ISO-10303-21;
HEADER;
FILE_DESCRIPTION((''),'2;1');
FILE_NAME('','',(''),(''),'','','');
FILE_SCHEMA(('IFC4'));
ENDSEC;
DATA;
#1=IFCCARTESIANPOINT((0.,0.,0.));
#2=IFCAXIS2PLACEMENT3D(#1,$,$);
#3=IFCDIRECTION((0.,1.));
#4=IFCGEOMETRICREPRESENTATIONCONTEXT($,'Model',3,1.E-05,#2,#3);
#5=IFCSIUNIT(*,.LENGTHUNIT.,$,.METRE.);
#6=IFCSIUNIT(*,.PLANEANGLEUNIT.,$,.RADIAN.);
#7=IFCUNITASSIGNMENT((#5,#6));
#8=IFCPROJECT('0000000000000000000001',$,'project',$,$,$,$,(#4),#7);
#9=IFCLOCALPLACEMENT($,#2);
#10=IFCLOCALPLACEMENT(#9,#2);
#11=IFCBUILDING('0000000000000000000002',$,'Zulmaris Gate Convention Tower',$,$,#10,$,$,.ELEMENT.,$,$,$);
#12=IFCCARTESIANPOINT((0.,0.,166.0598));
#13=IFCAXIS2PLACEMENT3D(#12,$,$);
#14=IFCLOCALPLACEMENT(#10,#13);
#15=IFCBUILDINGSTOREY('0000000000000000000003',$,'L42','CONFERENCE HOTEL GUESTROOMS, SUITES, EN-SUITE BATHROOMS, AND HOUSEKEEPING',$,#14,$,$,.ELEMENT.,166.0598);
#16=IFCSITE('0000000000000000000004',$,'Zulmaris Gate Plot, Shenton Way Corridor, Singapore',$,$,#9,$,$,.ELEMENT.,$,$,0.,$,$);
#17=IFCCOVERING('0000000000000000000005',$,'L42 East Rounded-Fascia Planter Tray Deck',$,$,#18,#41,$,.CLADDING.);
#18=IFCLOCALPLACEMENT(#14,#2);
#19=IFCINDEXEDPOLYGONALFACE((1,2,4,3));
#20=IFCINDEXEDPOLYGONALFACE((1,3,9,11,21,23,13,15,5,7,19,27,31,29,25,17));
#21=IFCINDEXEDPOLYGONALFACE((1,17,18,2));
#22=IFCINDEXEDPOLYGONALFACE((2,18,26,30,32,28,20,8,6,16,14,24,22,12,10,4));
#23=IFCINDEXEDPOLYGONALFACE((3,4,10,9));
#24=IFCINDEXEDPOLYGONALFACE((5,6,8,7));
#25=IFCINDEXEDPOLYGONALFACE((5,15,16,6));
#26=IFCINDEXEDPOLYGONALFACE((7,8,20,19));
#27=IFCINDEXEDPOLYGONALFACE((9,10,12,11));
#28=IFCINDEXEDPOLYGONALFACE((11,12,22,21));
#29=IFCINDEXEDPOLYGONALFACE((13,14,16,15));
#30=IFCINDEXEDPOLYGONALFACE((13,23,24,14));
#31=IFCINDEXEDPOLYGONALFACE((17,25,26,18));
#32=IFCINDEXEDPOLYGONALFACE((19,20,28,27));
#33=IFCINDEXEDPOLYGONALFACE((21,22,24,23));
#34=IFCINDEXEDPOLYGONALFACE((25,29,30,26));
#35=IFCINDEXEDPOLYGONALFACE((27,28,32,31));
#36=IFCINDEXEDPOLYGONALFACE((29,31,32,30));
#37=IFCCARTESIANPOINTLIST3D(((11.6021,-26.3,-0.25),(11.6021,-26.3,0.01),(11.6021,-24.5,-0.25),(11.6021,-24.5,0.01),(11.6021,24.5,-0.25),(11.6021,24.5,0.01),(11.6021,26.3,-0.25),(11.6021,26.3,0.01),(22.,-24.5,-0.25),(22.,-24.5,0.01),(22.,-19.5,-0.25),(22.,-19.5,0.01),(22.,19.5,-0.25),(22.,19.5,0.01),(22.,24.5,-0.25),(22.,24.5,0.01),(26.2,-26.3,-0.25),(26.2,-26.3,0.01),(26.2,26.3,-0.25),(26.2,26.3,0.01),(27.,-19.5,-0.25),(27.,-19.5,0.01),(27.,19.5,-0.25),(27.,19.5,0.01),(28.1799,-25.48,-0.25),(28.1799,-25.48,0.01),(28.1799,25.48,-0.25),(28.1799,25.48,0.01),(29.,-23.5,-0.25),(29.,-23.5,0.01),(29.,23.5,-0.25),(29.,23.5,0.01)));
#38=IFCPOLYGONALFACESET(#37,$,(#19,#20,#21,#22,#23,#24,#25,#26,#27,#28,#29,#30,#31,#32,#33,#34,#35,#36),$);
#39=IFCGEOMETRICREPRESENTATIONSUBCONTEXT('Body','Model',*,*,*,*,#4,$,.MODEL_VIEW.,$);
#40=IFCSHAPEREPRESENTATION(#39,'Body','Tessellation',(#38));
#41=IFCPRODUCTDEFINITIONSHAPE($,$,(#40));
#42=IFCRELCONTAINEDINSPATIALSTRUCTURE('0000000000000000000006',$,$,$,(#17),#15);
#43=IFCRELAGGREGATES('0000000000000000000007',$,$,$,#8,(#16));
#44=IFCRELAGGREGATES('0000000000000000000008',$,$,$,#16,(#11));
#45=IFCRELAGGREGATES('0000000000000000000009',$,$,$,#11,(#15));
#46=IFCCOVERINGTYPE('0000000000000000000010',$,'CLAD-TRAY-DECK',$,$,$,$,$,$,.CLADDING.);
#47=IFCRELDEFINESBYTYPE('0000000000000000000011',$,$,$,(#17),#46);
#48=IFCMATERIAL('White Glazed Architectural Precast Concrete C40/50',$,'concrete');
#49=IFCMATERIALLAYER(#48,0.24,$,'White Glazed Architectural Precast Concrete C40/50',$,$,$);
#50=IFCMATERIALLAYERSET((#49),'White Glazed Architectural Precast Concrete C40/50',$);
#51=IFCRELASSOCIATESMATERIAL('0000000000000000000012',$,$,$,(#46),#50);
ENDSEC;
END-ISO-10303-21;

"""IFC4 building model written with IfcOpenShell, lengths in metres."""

from ifc_helpers import new_model, si_unit, direction, frame, origin, place, context, subcontext, project, spatial, polyline, outline, extrude, material, layer, layer_set, type_object, element, save


model = new_model("IFC4")

# Units and contexts
model_context = context("Model", 3, precision=1e-05, world=origin(), true_north=direction((0.0, 1.0)))
body_context = subcontext(model_context, "Body", "Model", "MODEL_VIEW")
ifc_project = project(units=[si_unit("LENGTHUNIT", "METRE"), si_unit("PLANEANGLEUNIT", "RADIAN")], contexts=[model_context])

# Site, building, storey
site_placement = place(None, origin())
site = spatial("IfcSite", under=ifc_project, at=site_placement, Name="Zulmaris Gate Plot, Shenton Way Corridor, Singapore", CompositionType="ELEMENT", RefElevation=0.0)
building_placement = place(site_placement, origin())
building = spatial("IfcBuilding", under=site, at=building_placement, Name="Zulmaris Gate Convention Tower", CompositionType="ELEMENT")
storey_placement = place(building_placement, frame((0.0, 0.0, 166.0598)))
storey = spatial("IfcBuildingStorey", under=building, at=storey_placement, Name="L42", Description="CONFERENCE HOTEL GUESTROOMS, SUITES, EN-SUITE BATHROOMS, AND HOUSEKEEPING", CompositionType="ELEMENT", Elevation=166.0598)

# Covering
ifc_material_1 = material(Name="White Glazed Architectural Precast Concrete C40/50", Category="concrete")
ifc_layer_1 = layer(ifc_material_1, 0.24, Name="White Glazed Architectural Precast Concrete C40/50")
ifc_layer_set_1 = layer_set([ifc_layer_1], Name="White Glazed Architectural Precast Concrete C40/50")
covering_type = type_object("IfcCoveringType", Name="CLAD-TRAY-DECK", PredefinedType="CLADDING", material=ifc_layer_set_1)
covering_1_placement = place(storey_placement, frame((0.0, 0.0, -0.25)))
element("IfcCovering", 1, at=covering_1_placement, inside=storey, type_object=covering_type, Name="L42 East Rounded-Fascia Planter Tray Deck", PredefinedType="CLADDING", context=body_context, shape_type="SweptSolid", body=[
    extrude(outline(polyline([(26.2, 26.3), (28.1799, 25.48), (29.0, 23.5), (29.0, -23.5), (28.1799, -25.48), (26.2, -26.3), (11.6021, -26.3), (11.6021, -24.5), (22.0, -24.5), (22.0, -19.5), (27.0, -19.5), (27.0, 19.5), (22.0, 19.5), (22.0, 24.5), (11.6021, 24.5), (11.6021, 26.3), (26.2, 26.3)])), origin(), (0.0, 0.0, 1.0), 0.26),
])

save(model, "model.ifc")
